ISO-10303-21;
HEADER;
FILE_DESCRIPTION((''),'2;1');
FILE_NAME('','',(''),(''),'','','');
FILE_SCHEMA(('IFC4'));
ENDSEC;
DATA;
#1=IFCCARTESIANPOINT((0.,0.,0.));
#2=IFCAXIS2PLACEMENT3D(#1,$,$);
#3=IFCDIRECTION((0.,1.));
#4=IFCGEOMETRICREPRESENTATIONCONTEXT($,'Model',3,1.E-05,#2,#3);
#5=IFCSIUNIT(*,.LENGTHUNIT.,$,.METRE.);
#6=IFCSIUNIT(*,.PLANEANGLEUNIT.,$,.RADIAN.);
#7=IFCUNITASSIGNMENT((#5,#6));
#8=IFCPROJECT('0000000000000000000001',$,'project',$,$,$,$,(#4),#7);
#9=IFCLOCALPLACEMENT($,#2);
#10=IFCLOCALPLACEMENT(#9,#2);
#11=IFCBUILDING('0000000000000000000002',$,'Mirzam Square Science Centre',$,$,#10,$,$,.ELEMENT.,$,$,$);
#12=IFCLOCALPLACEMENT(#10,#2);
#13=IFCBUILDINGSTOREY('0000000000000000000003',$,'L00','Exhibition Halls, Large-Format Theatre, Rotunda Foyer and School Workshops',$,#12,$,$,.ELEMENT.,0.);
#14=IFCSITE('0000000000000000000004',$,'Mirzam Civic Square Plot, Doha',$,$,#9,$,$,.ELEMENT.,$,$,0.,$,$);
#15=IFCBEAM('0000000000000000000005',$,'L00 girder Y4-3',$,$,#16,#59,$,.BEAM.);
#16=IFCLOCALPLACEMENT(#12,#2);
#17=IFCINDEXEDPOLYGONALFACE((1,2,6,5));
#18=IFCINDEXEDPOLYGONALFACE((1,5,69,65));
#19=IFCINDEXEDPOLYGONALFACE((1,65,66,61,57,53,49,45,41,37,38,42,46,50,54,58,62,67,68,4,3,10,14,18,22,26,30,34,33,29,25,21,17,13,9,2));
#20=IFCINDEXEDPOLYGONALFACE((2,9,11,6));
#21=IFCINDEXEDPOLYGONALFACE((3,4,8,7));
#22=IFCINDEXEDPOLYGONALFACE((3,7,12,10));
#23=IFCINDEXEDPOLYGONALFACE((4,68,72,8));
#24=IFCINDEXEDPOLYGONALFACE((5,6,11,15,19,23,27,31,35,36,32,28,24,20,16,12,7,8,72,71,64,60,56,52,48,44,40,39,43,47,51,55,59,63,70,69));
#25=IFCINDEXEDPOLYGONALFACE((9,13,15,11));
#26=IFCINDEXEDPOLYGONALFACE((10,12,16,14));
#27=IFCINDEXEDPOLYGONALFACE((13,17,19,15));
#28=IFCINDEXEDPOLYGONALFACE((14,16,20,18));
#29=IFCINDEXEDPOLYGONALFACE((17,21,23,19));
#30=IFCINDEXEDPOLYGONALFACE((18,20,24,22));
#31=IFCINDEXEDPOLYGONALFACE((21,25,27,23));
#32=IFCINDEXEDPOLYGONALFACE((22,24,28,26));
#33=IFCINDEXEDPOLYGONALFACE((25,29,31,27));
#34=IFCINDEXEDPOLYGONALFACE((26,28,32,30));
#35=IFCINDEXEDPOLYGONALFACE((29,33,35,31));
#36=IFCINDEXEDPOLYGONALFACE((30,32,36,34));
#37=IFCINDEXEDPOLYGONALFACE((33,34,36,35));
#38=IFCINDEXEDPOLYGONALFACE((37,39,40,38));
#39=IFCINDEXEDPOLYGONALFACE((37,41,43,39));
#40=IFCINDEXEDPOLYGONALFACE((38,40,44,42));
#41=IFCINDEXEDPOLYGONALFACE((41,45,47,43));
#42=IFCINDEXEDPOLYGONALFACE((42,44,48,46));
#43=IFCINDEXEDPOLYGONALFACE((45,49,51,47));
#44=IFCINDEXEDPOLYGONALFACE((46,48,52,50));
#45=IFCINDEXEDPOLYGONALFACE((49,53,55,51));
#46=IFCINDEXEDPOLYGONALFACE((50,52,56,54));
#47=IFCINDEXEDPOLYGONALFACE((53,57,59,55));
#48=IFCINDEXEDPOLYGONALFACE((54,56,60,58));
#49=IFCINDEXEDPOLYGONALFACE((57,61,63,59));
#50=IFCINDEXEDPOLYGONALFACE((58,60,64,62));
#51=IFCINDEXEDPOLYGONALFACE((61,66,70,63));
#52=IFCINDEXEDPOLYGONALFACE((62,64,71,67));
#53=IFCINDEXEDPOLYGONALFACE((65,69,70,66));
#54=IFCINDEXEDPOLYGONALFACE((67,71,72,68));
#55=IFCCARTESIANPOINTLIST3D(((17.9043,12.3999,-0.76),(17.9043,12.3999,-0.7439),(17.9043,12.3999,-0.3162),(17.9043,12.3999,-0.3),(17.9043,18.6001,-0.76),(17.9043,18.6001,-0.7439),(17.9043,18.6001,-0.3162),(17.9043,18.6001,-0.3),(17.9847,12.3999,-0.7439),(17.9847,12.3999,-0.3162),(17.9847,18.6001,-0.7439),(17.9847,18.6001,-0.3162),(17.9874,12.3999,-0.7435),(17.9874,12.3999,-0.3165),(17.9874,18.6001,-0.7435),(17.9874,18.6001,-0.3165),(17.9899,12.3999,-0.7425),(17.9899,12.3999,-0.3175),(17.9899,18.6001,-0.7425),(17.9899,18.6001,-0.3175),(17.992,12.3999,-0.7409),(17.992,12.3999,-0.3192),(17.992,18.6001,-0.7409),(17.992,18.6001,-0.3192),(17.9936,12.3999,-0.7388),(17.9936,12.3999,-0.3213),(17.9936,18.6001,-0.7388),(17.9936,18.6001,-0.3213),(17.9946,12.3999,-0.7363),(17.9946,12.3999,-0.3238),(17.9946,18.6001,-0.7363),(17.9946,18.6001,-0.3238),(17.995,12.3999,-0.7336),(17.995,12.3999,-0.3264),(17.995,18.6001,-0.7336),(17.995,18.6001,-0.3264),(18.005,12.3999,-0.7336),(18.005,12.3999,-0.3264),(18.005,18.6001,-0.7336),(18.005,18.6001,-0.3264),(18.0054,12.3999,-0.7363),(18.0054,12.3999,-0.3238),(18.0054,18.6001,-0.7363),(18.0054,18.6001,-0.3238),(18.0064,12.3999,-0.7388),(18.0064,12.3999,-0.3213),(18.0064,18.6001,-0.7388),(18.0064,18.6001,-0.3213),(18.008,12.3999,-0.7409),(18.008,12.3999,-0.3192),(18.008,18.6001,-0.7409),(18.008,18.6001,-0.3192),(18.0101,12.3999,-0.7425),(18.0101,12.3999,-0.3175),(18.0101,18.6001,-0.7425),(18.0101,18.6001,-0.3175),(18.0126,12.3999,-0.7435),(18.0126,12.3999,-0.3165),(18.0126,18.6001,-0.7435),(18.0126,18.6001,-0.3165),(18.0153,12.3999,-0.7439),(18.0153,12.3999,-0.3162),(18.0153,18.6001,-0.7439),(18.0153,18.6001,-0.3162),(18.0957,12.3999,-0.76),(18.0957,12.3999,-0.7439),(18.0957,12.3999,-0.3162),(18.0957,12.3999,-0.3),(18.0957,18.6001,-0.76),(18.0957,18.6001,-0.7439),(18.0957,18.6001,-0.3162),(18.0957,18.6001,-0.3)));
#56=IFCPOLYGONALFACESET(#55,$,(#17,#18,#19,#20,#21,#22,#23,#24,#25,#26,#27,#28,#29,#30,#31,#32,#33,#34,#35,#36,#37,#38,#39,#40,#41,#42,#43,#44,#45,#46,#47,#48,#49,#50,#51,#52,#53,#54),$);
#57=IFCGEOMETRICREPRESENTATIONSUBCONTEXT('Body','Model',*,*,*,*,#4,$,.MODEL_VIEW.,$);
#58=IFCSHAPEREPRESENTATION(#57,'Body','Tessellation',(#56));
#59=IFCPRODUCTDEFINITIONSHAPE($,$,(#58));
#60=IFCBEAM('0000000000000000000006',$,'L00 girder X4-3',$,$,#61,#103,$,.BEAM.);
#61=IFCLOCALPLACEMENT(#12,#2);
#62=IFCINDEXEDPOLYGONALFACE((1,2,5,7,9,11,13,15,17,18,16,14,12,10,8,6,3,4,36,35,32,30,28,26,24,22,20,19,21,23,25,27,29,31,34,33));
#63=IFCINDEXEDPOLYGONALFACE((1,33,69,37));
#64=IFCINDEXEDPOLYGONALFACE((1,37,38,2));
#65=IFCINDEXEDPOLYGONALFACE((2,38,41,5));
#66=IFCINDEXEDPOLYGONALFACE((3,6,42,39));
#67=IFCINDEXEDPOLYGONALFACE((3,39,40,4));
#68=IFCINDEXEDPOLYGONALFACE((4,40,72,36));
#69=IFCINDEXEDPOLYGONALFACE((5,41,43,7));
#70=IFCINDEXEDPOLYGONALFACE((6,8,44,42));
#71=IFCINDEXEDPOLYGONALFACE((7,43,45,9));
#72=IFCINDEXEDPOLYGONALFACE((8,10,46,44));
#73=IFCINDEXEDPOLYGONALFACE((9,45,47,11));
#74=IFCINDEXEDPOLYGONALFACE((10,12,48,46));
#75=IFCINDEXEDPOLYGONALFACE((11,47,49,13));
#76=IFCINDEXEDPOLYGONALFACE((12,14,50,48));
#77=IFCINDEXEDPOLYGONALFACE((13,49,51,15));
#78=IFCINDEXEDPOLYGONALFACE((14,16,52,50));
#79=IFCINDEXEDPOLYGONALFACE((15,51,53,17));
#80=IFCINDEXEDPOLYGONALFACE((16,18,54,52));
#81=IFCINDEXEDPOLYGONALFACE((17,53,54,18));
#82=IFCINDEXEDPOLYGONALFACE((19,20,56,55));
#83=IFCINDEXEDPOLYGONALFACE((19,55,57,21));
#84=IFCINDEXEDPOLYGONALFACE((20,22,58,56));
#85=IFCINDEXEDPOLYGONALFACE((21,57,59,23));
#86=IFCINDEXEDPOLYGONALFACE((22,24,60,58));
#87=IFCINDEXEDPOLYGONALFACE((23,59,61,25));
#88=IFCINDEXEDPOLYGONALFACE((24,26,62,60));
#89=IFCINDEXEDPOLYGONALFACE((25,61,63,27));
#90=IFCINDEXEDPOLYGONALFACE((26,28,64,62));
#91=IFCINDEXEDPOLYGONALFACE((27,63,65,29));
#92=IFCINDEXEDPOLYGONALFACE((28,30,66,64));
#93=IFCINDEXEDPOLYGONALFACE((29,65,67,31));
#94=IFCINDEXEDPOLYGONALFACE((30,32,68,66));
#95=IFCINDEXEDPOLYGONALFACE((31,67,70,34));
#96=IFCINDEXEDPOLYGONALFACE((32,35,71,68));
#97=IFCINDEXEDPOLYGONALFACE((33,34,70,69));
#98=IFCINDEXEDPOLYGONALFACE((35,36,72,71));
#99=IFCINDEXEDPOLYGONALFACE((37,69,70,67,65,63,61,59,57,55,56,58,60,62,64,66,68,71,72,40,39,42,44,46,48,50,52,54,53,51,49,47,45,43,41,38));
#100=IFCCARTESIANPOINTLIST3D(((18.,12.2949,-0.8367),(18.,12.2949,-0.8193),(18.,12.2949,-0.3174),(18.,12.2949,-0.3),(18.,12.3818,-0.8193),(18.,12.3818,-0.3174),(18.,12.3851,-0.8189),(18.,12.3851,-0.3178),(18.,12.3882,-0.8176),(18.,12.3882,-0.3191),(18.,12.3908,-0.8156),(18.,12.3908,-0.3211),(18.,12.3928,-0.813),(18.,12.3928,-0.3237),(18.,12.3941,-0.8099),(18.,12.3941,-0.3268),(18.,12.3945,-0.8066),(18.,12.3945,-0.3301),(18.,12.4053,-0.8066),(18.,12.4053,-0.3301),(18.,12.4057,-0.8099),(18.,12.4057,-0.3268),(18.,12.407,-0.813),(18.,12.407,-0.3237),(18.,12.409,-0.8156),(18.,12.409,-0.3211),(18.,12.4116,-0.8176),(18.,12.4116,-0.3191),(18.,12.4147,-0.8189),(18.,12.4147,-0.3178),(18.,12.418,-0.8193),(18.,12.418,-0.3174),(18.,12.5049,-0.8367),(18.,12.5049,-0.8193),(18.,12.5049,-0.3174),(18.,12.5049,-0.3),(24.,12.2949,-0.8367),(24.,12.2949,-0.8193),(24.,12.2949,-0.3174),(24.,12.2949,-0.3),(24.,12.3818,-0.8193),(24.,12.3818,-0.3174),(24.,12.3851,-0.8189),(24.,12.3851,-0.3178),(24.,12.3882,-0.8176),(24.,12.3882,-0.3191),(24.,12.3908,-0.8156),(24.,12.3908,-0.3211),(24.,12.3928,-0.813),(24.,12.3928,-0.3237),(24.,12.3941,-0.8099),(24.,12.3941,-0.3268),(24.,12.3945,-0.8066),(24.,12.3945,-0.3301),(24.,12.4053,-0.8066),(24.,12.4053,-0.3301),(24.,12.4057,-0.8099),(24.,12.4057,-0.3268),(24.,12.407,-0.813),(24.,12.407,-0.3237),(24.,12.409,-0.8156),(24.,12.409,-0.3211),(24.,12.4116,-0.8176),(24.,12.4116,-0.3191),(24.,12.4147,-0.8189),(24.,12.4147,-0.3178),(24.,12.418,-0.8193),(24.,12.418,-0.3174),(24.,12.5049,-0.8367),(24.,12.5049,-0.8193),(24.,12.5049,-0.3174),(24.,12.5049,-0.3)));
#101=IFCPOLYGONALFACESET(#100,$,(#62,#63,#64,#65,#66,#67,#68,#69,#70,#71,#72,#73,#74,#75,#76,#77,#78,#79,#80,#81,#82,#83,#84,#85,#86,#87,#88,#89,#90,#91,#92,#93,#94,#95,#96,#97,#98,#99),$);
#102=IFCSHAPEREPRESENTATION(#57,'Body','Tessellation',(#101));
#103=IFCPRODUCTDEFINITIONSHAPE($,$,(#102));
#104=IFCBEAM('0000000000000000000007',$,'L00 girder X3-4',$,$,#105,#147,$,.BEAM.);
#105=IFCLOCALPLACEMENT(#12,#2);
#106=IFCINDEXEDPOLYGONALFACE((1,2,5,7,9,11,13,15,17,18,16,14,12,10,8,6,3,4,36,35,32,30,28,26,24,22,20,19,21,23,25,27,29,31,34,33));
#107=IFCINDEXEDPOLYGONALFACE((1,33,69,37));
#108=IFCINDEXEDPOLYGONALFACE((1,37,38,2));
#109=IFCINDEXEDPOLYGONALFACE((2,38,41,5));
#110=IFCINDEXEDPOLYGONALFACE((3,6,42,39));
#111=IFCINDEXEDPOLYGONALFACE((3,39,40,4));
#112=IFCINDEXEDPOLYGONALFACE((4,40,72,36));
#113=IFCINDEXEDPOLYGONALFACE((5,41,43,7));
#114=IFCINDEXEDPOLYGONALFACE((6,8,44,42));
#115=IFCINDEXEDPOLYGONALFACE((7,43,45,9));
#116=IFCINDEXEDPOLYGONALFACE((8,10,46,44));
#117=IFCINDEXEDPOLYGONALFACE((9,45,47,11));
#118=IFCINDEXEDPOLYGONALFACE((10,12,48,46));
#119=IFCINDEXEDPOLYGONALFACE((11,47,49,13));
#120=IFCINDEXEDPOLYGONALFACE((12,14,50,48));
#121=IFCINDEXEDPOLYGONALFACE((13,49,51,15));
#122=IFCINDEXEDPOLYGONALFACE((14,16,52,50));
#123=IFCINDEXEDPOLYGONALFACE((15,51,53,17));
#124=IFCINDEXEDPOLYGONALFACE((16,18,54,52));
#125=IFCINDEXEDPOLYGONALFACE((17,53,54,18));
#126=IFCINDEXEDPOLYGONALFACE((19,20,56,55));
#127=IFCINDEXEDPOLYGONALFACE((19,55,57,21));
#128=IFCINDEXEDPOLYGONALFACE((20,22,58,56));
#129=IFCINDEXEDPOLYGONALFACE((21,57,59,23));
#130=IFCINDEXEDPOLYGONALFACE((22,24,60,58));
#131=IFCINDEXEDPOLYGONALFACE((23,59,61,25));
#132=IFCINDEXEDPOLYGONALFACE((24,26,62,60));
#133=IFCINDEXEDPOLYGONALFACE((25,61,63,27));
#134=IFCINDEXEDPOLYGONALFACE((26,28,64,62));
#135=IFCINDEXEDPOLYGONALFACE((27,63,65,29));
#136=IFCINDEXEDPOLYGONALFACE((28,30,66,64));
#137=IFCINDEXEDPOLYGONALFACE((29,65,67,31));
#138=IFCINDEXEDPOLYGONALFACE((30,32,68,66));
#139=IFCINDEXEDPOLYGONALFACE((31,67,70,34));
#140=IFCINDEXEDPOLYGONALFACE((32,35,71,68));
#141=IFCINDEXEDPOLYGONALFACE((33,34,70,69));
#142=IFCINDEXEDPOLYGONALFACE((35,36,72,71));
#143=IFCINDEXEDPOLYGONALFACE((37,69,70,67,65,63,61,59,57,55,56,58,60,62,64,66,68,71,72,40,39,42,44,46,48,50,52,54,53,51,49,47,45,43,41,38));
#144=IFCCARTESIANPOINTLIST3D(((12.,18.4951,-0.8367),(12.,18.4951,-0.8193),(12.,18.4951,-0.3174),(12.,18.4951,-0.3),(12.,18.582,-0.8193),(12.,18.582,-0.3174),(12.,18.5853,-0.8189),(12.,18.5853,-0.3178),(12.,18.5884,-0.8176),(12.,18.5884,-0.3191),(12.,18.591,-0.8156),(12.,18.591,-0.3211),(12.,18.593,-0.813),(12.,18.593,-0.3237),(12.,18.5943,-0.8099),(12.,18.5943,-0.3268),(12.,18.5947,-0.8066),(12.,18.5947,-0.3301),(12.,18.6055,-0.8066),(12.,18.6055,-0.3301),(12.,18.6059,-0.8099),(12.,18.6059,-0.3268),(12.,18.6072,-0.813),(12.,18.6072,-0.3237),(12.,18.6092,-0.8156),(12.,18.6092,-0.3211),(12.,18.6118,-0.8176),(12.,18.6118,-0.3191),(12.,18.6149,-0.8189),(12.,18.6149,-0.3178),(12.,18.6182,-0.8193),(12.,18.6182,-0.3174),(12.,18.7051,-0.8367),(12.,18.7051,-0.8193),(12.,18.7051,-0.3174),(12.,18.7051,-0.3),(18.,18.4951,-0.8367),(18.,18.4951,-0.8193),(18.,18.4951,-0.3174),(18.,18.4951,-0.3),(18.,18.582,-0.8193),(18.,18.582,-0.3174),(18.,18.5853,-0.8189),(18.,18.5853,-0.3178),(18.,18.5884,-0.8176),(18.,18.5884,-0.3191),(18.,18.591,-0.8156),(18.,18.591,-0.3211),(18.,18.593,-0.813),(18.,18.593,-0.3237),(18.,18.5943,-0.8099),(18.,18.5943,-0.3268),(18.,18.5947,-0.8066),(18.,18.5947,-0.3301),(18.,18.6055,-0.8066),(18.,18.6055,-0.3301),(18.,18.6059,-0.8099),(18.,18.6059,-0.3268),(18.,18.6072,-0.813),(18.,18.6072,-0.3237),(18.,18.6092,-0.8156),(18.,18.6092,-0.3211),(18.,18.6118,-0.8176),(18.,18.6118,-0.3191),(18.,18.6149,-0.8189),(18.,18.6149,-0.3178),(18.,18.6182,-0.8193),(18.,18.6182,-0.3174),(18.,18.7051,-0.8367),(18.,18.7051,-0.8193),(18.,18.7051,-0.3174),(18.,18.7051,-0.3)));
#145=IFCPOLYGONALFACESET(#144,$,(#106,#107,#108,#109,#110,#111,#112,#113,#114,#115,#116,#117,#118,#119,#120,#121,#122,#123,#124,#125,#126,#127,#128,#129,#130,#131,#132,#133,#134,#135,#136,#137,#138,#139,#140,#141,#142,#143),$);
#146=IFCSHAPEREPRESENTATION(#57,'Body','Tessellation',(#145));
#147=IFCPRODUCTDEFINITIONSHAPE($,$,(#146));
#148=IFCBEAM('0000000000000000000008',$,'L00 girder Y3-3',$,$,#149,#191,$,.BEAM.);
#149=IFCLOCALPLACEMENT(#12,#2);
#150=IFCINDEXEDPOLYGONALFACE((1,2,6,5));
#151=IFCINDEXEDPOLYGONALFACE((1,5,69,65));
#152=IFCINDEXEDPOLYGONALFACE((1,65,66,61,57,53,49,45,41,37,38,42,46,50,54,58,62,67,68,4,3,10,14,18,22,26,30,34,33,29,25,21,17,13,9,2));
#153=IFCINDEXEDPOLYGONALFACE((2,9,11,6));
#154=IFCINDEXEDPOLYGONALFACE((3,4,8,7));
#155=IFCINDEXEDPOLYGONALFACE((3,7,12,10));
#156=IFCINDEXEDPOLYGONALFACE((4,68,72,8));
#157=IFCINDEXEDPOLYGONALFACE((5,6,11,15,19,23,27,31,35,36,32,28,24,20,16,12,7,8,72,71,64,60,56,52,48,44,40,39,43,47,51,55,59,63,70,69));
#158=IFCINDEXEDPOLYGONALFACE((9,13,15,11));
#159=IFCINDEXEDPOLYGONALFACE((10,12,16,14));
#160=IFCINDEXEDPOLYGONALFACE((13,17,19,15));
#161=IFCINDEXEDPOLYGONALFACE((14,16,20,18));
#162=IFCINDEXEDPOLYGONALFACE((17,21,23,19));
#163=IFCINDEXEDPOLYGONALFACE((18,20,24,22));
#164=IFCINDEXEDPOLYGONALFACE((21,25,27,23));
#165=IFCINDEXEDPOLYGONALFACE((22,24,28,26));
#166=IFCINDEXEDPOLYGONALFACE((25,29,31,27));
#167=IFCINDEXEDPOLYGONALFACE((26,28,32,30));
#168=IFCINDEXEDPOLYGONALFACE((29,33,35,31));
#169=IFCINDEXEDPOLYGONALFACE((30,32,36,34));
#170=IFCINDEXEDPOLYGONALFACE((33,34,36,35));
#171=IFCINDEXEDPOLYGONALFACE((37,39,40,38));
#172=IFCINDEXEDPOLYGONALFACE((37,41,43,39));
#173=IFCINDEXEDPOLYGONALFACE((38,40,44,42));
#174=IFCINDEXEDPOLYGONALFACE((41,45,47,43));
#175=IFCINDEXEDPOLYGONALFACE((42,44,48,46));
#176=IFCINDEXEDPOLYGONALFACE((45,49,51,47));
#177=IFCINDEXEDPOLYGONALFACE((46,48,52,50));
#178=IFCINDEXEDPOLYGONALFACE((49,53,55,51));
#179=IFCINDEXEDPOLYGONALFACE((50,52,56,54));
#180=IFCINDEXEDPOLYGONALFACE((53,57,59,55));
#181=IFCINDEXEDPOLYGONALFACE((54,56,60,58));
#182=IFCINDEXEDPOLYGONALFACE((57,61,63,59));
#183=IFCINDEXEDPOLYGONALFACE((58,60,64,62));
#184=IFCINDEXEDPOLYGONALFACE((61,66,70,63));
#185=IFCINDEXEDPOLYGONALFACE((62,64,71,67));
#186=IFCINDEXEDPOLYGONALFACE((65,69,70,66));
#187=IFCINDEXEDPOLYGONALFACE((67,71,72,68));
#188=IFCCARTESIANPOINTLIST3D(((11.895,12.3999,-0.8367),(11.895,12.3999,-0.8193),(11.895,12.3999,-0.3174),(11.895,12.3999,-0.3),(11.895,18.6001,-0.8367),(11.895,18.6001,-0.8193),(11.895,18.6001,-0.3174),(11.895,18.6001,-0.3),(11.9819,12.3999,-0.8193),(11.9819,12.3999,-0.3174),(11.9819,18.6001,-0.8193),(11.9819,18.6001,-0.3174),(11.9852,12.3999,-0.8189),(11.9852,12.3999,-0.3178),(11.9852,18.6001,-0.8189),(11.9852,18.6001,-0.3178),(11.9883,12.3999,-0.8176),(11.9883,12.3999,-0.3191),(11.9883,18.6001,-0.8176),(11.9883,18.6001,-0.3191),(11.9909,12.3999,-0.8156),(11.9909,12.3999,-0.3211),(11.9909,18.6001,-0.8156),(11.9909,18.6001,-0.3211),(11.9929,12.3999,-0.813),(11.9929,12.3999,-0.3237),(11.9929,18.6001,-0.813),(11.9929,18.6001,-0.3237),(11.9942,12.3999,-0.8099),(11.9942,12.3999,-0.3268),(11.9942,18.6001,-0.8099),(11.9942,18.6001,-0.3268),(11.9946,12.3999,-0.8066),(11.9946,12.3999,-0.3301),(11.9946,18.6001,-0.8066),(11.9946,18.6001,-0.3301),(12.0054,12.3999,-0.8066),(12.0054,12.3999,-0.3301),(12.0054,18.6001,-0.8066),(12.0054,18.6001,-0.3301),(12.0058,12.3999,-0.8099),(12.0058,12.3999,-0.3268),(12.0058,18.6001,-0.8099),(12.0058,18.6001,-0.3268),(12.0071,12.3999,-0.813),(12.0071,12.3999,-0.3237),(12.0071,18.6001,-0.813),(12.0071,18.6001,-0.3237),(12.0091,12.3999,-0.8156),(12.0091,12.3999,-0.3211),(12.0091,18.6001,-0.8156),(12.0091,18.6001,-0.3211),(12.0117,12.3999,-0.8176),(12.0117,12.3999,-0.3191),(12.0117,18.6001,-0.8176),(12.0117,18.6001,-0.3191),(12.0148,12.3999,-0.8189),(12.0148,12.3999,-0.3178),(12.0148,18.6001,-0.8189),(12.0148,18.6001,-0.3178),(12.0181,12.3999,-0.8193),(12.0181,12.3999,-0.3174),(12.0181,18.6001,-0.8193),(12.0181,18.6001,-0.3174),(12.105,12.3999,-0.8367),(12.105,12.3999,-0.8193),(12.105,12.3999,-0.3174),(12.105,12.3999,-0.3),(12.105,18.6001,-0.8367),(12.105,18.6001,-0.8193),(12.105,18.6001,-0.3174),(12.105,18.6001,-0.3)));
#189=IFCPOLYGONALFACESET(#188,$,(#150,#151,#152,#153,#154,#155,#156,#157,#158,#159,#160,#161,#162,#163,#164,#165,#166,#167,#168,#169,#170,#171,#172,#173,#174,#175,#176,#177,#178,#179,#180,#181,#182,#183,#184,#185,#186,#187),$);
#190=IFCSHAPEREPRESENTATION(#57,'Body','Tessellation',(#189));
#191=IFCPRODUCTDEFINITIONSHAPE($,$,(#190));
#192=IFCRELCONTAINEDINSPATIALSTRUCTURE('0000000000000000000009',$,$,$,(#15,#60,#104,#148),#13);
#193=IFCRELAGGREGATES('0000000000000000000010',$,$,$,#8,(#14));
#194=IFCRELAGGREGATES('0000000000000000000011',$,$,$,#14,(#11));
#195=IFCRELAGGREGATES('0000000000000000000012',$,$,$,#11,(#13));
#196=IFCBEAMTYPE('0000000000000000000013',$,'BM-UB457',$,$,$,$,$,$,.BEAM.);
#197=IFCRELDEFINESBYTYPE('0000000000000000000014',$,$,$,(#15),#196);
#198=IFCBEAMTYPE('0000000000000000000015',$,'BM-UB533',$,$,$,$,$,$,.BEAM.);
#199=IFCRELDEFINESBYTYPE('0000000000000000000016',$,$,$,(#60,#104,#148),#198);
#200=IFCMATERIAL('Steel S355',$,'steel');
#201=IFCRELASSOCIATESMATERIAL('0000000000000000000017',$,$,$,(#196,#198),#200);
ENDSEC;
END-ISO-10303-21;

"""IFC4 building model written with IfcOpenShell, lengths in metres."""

from ifc_helpers import new_model, si_unit, direction, frame, origin, origin_2d, place, context, subcontext, project, spatial, i_section, extrude, material, material_profile, profile_set, type_object, element, save


model = new_model("IFC4")

# Units and contexts
model_context = context("Model", 3, precision=1e-05, world=origin(), true_north=direction((0.0, 1.0)))
body_context = subcontext(model_context, "Body", "Model", "MODEL_VIEW")
ifc_project = project(units=[si_unit("LENGTHUNIT", "METRE"), si_unit("PLANEANGLEUNIT", "RADIAN")], contexts=[model_context])

# Site, building, storey
site_placement = place(None, origin())
site = spatial("IfcSite", under=ifc_project, at=site_placement, Name="Mirzam Civic Square Plot, Doha", CompositionType="ELEMENT", RefElevation=0.0)
building_placement = place(site_placement, origin())
building = spatial("IfcBuilding", under=site, at=building_placement, Name="Mirzam Square Science Centre", CompositionType="ELEMENT")
storey_placement = place(building_placement, origin())
storey = spatial("IfcBuildingStorey", under=building, at=storey_placement, Name="L00", Description="Exhibition Halls, Large-Format Theatre, Rotunda Foyer and School Workshops", CompositionType="ELEMENT", Elevation=0.0)

# Shared definitions
ifc_material_1 = material(Name="Steel S355", Category="steel")

# Beams
ifc_material_profile_1 = material_profile(ifc_material_1, i_section(OverallWidth=0.1914, OverallDepth=0.46, WebThickness=0.01, FlangeThickness=0.0161, FilletRadius=0.0103, at=origin_2d()), Name="457x191x82UB")
ifc_profile_set_1 = profile_set([ifc_material_profile_1], Name="Steel S355")
beam_type_1 = type_object("IfcBeamType", Name="BM-UB457", PredefinedType="BEAM", material=ifc_profile_set_1)
beam_1_placement = place(storey_placement, frame((18.0, 12.3999, -0.53), z_axis=(0.0, 1.0, 0.0), x_axis=(-1.0, 0.0, 0.0)))
element("IfcBeam", 1, at=beam_1_placement, inside=storey, type_object=beam_type_1, Name="L00 girder Y4-3", PredefinedType="BEAM", context=body_context, shape_type="SweptSolid", body=[
    extrude(i_section(OverallWidth=0.1914, OverallDepth=0.46, WebThickness=0.01, FlangeThickness=0.0161, FilletRadius=0.0103, at=origin_2d()), origin(), (0.0, 0.0, 1.0), 6.2002),
])
ifc_material_profile_2 = material_profile(ifc_material_1, i_section(OverallWidth=0.21, OverallDepth=0.5366, WebThickness=0.0107, FlangeThickness=0.0173, FilletRadius=0.0127, at=origin_2d()), Name="533x210x101UB")
ifc_profile_set_2 = profile_set([ifc_material_profile_2], Name="Steel S355")
beam_type_2 = type_object("IfcBeamType", Name="BM-UB533", PredefinedType="BEAM", material=ifc_profile_set_2)
for number, where, z_axis, x_axis, name in (
    (2, (18.0, 12.3999, -0.5684), (1.0, 0.0, 0.0), (0.0, 1.0, 0.0), "L00 girder X4-3"),
    (3, (12.0, 18.6001, -0.5684), (1.0, 0.0, 0.0), (0.0, 1.0, 0.0), "L00 girder X3-4"),
):
    element("IfcBeam", number, at=place(storey_placement, frame(where, z_axis=z_axis, x_axis=x_axis)), inside=storey, type_object=beam_type_2, Name=name, PredefinedType="BEAM", context=body_context, shape_type="SweptSolid", body=[
        extrude(i_section(OverallWidth=0.21, OverallDepth=0.5366, WebThickness=0.0107, FlangeThickness=0.0173, FilletRadius=0.0127, at=origin_2d()), origin(), (0.0, 0.0, 1.0), 6.0),
    ])
beam_2_placement = place(storey_placement, frame((12.0, 12.3999, -0.5684), z_axis=(0.0, 1.0, 0.0), x_axis=(-1.0, 0.0, 0.0)))
element("IfcBeam", 4, at=beam_2_placement, inside=storey, type_object=beam_type_2, Name="L00 girder Y3-3", PredefinedType="BEAM", context=body_context, shape_type="SweptSolid", body=[
    extrude(i_section(OverallWidth=0.21, OverallDepth=0.5366, WebThickness=0.0107, FlangeThickness=0.0173, FilletRadius=0.0127, at=origin_2d()), origin(), (0.0, 0.0, 1.0), 6.2002),
])

save(model, "model.ifc")
